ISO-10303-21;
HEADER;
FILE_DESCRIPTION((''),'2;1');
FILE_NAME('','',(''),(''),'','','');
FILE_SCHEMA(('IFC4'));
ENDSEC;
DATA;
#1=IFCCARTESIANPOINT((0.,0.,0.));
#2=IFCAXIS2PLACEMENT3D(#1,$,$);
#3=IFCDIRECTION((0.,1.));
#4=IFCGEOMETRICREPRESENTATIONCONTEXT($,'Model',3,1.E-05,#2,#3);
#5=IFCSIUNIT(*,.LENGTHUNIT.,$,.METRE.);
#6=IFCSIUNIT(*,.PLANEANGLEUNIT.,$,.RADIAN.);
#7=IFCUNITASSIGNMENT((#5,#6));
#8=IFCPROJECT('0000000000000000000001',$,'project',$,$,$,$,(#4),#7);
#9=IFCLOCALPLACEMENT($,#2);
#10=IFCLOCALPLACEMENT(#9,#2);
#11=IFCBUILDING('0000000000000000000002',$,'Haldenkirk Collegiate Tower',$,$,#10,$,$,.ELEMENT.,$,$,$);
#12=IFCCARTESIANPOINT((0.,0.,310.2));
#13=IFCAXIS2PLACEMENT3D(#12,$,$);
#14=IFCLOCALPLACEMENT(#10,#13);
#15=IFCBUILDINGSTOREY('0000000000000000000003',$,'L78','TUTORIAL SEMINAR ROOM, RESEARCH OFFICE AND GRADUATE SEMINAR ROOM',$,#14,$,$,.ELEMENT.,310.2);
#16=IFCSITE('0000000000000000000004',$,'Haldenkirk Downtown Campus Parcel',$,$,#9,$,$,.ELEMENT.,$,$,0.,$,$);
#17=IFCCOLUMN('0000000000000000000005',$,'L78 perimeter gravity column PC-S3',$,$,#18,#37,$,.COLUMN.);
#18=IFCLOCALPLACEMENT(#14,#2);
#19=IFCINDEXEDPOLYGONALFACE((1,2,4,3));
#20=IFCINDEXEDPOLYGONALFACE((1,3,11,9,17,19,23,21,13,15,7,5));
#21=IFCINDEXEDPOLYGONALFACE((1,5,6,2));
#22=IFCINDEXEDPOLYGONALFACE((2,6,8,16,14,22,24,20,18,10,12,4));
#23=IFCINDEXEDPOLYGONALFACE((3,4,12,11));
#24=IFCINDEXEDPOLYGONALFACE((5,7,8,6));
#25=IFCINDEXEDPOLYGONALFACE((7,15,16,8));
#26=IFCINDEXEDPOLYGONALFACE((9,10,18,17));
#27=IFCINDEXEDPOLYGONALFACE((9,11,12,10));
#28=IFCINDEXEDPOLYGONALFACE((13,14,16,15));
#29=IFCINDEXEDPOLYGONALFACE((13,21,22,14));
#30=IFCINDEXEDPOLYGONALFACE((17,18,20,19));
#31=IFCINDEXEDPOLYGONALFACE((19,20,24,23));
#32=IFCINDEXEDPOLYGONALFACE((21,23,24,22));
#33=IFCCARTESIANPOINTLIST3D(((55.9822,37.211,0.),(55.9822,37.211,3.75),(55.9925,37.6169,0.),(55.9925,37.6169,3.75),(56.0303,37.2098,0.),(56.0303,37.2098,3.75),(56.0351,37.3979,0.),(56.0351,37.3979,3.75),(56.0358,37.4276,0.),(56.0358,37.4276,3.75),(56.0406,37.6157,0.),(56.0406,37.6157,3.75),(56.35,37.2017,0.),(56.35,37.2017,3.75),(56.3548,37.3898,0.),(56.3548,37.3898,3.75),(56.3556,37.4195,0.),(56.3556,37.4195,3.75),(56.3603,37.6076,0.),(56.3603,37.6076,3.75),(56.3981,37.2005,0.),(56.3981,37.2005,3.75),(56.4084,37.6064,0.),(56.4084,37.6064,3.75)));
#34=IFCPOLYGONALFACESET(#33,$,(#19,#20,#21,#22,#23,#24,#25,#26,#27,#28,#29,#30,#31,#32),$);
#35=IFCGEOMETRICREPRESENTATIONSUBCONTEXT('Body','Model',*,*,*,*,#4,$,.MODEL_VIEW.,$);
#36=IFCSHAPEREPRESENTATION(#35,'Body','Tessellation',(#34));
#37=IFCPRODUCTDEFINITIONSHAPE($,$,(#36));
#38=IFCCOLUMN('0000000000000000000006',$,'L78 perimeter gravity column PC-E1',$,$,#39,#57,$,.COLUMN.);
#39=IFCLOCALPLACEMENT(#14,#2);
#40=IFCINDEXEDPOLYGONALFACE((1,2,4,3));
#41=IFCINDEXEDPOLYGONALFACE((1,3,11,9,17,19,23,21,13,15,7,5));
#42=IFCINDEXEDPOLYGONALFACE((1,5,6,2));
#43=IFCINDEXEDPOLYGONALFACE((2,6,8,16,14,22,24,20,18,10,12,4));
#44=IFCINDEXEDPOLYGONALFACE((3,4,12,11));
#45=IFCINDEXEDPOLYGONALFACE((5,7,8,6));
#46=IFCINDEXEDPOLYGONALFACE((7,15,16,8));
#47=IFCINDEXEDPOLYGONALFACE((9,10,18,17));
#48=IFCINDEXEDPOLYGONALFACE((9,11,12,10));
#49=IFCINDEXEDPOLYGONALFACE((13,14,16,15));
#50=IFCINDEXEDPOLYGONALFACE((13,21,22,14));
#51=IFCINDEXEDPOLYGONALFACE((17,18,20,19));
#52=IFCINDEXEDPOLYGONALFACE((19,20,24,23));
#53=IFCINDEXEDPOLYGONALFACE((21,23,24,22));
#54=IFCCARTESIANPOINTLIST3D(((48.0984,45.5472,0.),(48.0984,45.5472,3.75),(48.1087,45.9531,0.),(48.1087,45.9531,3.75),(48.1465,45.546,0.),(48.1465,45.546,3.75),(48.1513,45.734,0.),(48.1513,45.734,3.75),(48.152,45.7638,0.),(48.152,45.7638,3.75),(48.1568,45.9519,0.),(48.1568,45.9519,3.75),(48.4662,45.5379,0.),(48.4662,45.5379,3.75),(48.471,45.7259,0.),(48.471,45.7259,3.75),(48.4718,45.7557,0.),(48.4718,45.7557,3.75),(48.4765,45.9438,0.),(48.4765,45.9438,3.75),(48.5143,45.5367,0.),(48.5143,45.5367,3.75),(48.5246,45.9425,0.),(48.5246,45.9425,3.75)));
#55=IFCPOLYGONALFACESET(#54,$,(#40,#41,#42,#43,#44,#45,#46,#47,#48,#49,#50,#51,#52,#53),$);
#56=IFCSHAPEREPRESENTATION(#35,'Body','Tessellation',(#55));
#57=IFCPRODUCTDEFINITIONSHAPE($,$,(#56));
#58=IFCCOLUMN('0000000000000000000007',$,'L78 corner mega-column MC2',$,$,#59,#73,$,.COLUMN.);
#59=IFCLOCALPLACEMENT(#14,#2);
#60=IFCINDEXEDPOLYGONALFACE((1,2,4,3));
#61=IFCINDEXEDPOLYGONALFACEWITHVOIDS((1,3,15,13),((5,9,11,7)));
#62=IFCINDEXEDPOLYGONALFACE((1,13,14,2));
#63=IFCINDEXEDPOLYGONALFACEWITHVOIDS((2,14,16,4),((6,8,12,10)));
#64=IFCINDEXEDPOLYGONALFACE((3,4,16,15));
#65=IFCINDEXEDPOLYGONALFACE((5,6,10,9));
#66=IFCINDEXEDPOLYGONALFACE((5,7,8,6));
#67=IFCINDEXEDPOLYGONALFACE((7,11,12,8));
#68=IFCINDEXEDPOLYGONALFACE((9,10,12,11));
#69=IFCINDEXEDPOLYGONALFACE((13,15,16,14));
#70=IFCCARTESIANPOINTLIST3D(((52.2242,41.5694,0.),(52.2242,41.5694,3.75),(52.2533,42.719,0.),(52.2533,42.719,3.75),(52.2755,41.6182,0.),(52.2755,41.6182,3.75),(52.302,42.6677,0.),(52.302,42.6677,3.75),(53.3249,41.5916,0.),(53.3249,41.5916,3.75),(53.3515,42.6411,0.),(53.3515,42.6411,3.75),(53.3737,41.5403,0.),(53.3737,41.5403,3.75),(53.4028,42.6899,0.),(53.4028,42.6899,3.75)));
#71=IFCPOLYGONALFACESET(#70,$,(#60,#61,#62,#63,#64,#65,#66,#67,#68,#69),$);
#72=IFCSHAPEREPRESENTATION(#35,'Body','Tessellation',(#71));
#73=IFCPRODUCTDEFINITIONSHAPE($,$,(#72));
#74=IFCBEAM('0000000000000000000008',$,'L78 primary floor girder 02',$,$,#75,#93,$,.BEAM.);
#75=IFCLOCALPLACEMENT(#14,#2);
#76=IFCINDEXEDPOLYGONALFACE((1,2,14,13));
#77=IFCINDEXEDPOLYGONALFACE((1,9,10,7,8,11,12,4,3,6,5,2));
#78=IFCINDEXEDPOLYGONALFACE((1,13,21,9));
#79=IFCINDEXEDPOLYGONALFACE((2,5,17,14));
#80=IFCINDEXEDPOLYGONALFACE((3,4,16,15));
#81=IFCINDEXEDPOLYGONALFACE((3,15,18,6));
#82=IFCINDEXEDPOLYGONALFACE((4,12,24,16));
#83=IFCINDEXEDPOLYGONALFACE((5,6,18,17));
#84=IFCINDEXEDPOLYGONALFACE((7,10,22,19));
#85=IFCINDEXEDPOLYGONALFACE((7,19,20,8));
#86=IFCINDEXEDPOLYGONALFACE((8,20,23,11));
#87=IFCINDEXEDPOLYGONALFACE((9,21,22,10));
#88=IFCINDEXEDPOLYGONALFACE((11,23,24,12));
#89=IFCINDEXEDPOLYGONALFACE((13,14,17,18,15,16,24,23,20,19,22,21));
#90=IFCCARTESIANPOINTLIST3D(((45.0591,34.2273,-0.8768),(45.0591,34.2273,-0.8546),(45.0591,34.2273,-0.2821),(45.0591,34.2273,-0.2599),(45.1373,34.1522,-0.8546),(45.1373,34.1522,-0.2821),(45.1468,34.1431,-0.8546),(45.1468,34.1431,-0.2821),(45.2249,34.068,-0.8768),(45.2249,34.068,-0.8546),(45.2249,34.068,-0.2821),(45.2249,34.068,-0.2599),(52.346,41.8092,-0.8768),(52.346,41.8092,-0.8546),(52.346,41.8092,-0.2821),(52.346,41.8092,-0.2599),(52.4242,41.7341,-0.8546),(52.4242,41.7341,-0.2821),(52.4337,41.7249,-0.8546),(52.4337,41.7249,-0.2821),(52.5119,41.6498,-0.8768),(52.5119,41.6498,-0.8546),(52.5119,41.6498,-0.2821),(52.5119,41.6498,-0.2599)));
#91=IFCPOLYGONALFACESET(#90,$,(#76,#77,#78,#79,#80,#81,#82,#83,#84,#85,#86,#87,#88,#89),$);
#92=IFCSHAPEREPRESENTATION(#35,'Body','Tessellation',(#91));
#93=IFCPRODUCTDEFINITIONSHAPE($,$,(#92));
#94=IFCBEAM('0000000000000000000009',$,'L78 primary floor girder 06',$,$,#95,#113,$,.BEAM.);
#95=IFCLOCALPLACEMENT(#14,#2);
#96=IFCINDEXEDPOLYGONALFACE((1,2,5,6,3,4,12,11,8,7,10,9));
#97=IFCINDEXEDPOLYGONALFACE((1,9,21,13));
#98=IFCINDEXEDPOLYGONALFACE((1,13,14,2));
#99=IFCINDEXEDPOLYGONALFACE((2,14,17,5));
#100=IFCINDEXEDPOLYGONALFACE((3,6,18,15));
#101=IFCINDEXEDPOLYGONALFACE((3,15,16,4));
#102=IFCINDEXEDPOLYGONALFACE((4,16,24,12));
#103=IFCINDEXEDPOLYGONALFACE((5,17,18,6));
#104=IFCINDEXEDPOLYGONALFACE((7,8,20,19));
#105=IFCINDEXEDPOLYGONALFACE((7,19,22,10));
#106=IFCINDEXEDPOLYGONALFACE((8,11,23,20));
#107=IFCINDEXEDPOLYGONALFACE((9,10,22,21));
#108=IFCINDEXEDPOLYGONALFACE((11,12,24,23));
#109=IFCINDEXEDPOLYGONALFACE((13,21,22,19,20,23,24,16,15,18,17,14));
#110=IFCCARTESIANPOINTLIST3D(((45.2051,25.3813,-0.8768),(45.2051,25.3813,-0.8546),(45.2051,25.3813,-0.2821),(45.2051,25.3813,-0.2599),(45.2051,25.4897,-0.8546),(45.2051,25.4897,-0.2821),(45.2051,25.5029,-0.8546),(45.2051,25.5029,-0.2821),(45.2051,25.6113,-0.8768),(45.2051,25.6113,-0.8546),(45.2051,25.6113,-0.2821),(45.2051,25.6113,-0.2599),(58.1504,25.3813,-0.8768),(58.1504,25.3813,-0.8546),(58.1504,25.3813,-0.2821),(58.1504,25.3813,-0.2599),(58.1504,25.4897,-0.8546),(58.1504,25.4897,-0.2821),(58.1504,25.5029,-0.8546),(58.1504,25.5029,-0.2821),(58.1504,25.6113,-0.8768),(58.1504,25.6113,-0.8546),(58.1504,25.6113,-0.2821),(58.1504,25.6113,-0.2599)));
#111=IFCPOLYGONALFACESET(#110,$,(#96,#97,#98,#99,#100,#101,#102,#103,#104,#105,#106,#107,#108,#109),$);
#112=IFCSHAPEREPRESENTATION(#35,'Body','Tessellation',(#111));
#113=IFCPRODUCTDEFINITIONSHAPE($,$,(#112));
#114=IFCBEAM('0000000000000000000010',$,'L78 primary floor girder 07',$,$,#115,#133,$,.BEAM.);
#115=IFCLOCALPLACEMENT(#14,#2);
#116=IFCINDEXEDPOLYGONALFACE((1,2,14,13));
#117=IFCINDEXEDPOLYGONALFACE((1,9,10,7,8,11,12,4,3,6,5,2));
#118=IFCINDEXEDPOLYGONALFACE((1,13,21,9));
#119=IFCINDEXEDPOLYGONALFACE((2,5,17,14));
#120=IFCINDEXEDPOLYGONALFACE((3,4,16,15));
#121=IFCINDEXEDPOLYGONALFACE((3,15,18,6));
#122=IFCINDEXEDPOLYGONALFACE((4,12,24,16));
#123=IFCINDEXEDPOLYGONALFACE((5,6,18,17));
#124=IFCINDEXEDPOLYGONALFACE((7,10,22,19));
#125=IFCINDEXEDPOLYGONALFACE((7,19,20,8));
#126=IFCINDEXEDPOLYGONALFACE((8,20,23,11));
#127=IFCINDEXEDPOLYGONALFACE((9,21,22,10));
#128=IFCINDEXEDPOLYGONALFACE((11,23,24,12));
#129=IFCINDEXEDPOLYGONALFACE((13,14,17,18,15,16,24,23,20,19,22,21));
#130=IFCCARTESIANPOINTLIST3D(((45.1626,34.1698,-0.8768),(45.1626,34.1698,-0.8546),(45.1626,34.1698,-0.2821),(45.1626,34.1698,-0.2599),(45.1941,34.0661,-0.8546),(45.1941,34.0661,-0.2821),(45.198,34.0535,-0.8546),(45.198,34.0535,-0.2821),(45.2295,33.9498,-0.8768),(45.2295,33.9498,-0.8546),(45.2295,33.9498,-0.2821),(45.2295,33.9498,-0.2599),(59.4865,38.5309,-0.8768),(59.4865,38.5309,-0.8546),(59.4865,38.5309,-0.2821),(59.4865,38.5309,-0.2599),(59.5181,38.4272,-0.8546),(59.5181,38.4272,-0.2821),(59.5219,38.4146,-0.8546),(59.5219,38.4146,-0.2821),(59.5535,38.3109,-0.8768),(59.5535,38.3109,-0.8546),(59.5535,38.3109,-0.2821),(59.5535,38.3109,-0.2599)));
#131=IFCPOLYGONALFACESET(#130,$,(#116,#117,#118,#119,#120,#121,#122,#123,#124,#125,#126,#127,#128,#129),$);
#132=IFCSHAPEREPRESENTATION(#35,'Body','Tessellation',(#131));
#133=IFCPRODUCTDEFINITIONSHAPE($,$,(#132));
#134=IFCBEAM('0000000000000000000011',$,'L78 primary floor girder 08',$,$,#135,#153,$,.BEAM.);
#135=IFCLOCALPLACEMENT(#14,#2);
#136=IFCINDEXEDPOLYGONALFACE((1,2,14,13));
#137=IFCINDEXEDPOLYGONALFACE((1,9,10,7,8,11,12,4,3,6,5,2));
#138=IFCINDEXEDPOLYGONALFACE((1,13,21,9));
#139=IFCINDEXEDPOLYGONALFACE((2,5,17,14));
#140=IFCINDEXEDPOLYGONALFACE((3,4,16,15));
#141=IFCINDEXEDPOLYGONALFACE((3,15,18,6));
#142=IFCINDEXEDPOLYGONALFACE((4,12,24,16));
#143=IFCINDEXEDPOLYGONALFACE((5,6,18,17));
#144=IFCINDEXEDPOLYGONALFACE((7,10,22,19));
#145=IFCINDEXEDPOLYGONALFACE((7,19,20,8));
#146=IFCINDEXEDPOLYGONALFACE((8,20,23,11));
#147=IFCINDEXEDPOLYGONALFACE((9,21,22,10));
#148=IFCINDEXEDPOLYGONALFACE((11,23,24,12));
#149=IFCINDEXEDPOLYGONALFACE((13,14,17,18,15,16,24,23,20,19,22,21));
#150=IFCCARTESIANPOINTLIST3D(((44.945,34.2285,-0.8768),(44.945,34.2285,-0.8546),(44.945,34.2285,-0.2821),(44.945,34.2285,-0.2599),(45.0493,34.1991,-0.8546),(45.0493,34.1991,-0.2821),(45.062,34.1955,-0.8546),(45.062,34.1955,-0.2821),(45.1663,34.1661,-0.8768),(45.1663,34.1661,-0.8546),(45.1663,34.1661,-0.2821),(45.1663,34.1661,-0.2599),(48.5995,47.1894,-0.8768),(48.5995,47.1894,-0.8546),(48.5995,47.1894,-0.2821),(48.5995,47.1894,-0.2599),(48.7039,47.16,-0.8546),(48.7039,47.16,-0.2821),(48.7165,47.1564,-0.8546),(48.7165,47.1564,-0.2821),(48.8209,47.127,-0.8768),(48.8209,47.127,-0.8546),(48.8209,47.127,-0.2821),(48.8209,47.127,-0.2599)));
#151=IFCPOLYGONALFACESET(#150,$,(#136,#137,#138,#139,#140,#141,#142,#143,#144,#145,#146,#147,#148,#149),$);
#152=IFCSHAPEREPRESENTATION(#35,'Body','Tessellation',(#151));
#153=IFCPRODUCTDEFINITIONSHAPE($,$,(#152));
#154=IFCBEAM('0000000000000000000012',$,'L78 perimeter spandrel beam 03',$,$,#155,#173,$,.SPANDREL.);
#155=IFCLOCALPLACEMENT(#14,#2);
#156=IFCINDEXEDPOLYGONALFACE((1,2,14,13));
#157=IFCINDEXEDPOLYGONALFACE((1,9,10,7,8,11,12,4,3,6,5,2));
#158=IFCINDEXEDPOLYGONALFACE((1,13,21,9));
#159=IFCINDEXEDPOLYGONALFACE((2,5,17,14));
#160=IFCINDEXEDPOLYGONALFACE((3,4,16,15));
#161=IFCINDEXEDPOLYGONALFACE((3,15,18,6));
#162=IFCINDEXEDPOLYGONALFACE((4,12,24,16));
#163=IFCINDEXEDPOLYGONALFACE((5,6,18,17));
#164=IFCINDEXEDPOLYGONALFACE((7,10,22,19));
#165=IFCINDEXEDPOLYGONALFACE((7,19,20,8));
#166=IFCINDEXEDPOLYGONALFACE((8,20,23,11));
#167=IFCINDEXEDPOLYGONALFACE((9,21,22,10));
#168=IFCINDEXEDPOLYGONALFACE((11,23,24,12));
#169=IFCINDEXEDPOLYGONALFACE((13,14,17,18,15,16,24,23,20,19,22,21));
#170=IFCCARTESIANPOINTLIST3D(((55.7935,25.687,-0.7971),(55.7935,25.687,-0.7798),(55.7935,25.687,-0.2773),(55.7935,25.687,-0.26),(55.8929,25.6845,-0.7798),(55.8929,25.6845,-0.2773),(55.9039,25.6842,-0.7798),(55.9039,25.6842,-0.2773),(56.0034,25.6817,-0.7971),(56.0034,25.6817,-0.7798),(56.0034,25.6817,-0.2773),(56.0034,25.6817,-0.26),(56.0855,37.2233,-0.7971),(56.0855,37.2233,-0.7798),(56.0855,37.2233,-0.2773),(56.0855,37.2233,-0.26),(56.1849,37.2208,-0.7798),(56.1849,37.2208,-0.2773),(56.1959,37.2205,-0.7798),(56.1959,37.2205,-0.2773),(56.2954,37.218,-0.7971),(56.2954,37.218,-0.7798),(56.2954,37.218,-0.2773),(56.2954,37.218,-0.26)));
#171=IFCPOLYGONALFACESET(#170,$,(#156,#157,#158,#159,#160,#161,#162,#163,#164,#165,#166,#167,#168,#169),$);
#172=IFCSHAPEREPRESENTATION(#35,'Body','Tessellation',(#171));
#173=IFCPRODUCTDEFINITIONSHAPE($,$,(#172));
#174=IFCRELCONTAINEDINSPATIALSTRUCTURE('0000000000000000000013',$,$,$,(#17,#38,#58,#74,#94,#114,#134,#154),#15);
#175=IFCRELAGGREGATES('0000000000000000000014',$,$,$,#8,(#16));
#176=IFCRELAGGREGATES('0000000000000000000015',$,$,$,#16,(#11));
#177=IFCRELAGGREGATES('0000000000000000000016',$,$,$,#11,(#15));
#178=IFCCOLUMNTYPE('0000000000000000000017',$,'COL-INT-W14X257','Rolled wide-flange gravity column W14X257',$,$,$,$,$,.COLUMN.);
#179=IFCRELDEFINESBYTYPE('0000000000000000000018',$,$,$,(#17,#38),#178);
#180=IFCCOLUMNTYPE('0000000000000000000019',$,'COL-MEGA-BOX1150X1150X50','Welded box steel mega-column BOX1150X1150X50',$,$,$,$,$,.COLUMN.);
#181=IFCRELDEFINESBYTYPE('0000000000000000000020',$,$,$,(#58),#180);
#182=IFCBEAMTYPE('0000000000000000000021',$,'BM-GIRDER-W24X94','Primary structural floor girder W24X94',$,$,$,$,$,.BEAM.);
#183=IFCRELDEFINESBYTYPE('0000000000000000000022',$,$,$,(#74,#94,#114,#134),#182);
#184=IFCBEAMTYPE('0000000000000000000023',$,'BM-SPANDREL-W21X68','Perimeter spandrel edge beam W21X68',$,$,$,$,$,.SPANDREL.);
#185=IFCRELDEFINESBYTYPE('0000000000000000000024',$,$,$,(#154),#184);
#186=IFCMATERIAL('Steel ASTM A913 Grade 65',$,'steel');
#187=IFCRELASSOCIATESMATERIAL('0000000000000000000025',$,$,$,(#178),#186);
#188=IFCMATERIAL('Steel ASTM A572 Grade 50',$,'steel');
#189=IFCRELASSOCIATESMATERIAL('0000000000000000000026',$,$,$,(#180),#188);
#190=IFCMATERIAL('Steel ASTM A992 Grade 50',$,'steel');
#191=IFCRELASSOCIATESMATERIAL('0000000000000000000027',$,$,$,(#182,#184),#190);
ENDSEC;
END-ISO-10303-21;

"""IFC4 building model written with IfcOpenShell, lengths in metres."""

from ifc_helpers import new_model, si_unit, direction, frame, origin, origin_2d, place, context, subcontext, project, spatial, hollow_rectangle, i_section, extrude, material, material_profile, profile_set, type_object, element, save


model = new_model("IFC4")

# Units and contexts
model_context = context("Model", 3, precision=1e-05, world=origin(), true_north=direction((0.0, 1.0)))
body_context = subcontext(model_context, "Body", "Model", "MODEL_VIEW")
ifc_project = project(units=[si_unit("LENGTHUNIT", "METRE"), si_unit("PLANEANGLEUNIT", "RADIAN")], contexts=[model_context])

# Site, building, storey
site_placement = place(None, origin())
site = spatial("IfcSite", under=ifc_project, at=site_placement, Name="Haldenkirk Downtown Campus Parcel", CompositionType="ELEMENT", RefElevation=0.0)
building_placement = place(site_placement, origin())
building = spatial("IfcBuilding", under=site, at=building_placement, Name="Haldenkirk Collegiate Tower", CompositionType="ELEMENT")
storey_placement = place(building_placement, frame((0.0, 0.0, 310.2)))
storey = spatial("IfcBuildingStorey", under=building, at=storey_placement, Name="L78", Description="TUTORIAL SEMINAR ROOM, RESEARCH OFFICE AND GRADUATE SEMINAR ROOM", CompositionType="ELEMENT", Elevation=310.2)

# Columns
ifc_material_1 = material(Name="Steel ASTM A913 Grade 65", Category="steel")
ifc_material_profile_1 = material_profile(ifc_material_1, i_section(OverallWidth=0.406, OverallDepth=0.416, WebThickness=0.0298, FlangeThickness=0.0481, at=origin_2d()), Name="W14X257")
ifc_profile_set_1 = profile_set([ifc_material_profile_1], Name="Steel ASTM A913 Grade 65")
column_type_1 = type_object("IfcColumnType", Name="COL-INT-W14X257", Description="Rolled wide-flange gravity column W14X257", PredefinedType="COLUMN", material=ifc_profile_set_1)
for number, where, z_axis, x_axis, name in (
    (1, (56.1953, 37.4087, 0.0), (0.0, 0.0, 1.0), (0.025305, 0.99968, 0.0), "L78 perimeter gravity column PC-S3"),
    (2, (48.3115, 45.7449, 0.0), (0.0, 0.0, 1.0), (0.025305, 0.99968, 0.0), "L78 perimeter gravity column PC-E1"),
):
    element("IfcColumn", number, at=place(storey_placement, frame(where, z_axis=z_axis, x_axis=x_axis)), inside=storey, type_object=column_type_1, Name=name, PredefinedType="COLUMN", context=body_context, shape_type="SweptSolid", body=[
        extrude(i_section(OverallWidth=0.406, OverallDepth=0.416, WebThickness=0.0298, FlangeThickness=0.0481, at=origin_2d()), origin(), (0.0, 0.0, 1.0), 3.75),
    ])
ifc_material_2 = material(Name="Steel ASTM A572 Grade 50", Category="steel")
ifc_material_profile_2 = material_profile(ifc_material_2, hollow_rectangle(XDim=1.1499, YDim=1.1499, WallThickness=0.05, at=origin_2d()), Name="BOX1150X1150X50")
ifc_profile_set_2 = profile_set([ifc_material_profile_2], Name="Steel ASTM A572 Grade 50")
column_type_2 = type_object("IfcColumnType", Name="COL-MEGA-BOX1150X1150X50", Description="Welded box steel mega-column BOX1150X1150X50", PredefinedType="COLUMN", material=ifc_profile_set_2)
column_placement = place(storey_placement, frame((52.8135, 42.1296, 0.0), z_axis=(0.0, 0.0, 1.0), x_axis=(0.025305, 0.99968, 0.0)))
element("IfcColumn", 3, at=column_placement, inside=storey, type_object=column_type_2, Name="L78 corner mega-column MC2", PredefinedType="COLUMN", context=body_context, shape_type="SweptSolid", body=[
    extrude(hollow_rectangle(XDim=1.1499, YDim=1.1499, WallThickness=0.05, at=origin_2d()), origin(), (0.0, 0.0, 1.0), 3.75),
])

# Beams
ifc_material_3 = material(Name="Steel ASTM A992 Grade 50", Category="steel")
ifc_material_profile_3 = material_profile(ifc_material_3, i_section(OverallWidth=0.23, OverallDepth=0.6169, WebThickness=0.0132, FlangeThickness=0.0222, at=origin_2d()), Name="W24X94")
ifc_profile_set_3 = profile_set([ifc_material_profile_3], Name="Steel ASTM A992 Grade 50")
beam_type_1 = type_object("IfcBeamType", Name="BM-GIRDER-W24X94", Description="Primary structural floor girder W24X94", PredefinedType="BEAM", material=ifc_profile_set_3)
beam_1_placement = place(storey_placement, frame((52.429, 41.7295, -0.5684), z_axis=(-0.692945, -0.720991, 0.0), x_axis=(0.720991, -0.692945, 0.0)))
element("IfcBeam", 4, at=beam_1_placement, inside=storey, type_object=beam_type_1, Name="L78 primary floor girder 02", PredefinedType="BEAM", context=body_context, shape_type="SweptSolid", body=[
    extrude(i_section(OverallWidth=0.23, OverallDepth=0.6169, WebThickness=0.0132, FlangeThickness=0.0222, at=origin_2d()), origin(), (0.0, 0.0, 1.0), 10.5159),
])
beam_2_placement = place(storey_placement, frame((58.1504, 25.4963, -0.5684), z_axis=(-1.0, 0.0, 0.0), x_axis=(0.0, -1.0, 0.0)))
element("IfcBeam", 5, at=beam_2_placement, inside=storey, type_object=beam_type_1, Name="L78 primary floor girder 06", PredefinedType="BEAM", context=body_context, shape_type="SweptSolid", body=[
    extrude(i_section(OverallWidth=0.23, OverallDepth=0.6169, WebThickness=0.0132, FlangeThickness=0.0222, at=origin_2d()), origin(), (0.0, 0.0, 1.0), 12.9453),
])
beam_3_placement = place(storey_placement, frame((59.52, 38.4209, -0.5684), z_axis=(-0.956644, -0.29126, 0.0), x_axis=(0.29126, -0.956644, 0.0)))
element("IfcBeam", 6, at=beam_3_placement, inside=storey, type_object=beam_type_1, Name="L78 primary floor girder 07", PredefinedType="BEAM", context=body_context, shape_type="SweptSolid", body=[
    extrude(i_section(OverallWidth=0.23, OverallDepth=0.6169, WebThickness=0.0132, FlangeThickness=0.0222, at=origin_2d()), origin(), (0.0, 0.0, 1.0), 14.9731),
])
beam_4_placement = place(storey_placement, frame((48.7102, 47.1582, -0.5684), z_axis=(-0.271384, -0.962471, 0.0), x_axis=(0.962471, -0.271384, 0.0)))
element("IfcBeam", 7, at=beam_4_placement, inside=storey, type_object=beam_type_1, Name="L78 primary floor girder 08", PredefinedType="BEAM", context=body_context, shape_type="SweptSolid", body=[
    extrude(i_section(OverallWidth=0.23, OverallDepth=0.6169, WebThickness=0.0132, FlangeThickness=0.0222, at=origin_2d()), origin(), (0.0, 0.0, 1.0), 13.4663),
])
ifc_material_profile_4 = material_profile(ifc_material_3, i_section(OverallWidth=0.21, OverallDepth=0.5371, WebThickness=0.011, FlangeThickness=0.0173, at=origin_2d()), Name="W21X68")
ifc_profile_set_4 = profile_set([ifc_material_profile_4], Name="Steel ASTM A992 Grade 50")
beam_type_2 = type_object("IfcBeamType", Name="BM-SPANDREL-W21X68", Description="Perimeter spandrel edge beam W21X68", PredefinedType="SPANDREL", material=ifc_profile_set_4)
beam_5_placement = place(storey_placement, frame((55.8984, 25.6843, -0.5286), z_axis=(0.025302, 0.99968, 0.0), x_axis=(-0.99968, 0.025302, 0.0)))
element("IfcBeam", 8, at=beam_5_placement, inside=storey, type_object=beam_type_2, Name="L78 perimeter spandrel beam 03", PredefinedType="SPANDREL", context=body_context, shape_type="SweptSolid", body=[
    extrude(i_section(OverallWidth=0.21, OverallDepth=0.5371, WebThickness=0.011, FlangeThickness=0.0173, at=origin_2d()), origin(), (0.0, 0.0, 1.0), 11.54),
])

save(model, "model.ifc")
